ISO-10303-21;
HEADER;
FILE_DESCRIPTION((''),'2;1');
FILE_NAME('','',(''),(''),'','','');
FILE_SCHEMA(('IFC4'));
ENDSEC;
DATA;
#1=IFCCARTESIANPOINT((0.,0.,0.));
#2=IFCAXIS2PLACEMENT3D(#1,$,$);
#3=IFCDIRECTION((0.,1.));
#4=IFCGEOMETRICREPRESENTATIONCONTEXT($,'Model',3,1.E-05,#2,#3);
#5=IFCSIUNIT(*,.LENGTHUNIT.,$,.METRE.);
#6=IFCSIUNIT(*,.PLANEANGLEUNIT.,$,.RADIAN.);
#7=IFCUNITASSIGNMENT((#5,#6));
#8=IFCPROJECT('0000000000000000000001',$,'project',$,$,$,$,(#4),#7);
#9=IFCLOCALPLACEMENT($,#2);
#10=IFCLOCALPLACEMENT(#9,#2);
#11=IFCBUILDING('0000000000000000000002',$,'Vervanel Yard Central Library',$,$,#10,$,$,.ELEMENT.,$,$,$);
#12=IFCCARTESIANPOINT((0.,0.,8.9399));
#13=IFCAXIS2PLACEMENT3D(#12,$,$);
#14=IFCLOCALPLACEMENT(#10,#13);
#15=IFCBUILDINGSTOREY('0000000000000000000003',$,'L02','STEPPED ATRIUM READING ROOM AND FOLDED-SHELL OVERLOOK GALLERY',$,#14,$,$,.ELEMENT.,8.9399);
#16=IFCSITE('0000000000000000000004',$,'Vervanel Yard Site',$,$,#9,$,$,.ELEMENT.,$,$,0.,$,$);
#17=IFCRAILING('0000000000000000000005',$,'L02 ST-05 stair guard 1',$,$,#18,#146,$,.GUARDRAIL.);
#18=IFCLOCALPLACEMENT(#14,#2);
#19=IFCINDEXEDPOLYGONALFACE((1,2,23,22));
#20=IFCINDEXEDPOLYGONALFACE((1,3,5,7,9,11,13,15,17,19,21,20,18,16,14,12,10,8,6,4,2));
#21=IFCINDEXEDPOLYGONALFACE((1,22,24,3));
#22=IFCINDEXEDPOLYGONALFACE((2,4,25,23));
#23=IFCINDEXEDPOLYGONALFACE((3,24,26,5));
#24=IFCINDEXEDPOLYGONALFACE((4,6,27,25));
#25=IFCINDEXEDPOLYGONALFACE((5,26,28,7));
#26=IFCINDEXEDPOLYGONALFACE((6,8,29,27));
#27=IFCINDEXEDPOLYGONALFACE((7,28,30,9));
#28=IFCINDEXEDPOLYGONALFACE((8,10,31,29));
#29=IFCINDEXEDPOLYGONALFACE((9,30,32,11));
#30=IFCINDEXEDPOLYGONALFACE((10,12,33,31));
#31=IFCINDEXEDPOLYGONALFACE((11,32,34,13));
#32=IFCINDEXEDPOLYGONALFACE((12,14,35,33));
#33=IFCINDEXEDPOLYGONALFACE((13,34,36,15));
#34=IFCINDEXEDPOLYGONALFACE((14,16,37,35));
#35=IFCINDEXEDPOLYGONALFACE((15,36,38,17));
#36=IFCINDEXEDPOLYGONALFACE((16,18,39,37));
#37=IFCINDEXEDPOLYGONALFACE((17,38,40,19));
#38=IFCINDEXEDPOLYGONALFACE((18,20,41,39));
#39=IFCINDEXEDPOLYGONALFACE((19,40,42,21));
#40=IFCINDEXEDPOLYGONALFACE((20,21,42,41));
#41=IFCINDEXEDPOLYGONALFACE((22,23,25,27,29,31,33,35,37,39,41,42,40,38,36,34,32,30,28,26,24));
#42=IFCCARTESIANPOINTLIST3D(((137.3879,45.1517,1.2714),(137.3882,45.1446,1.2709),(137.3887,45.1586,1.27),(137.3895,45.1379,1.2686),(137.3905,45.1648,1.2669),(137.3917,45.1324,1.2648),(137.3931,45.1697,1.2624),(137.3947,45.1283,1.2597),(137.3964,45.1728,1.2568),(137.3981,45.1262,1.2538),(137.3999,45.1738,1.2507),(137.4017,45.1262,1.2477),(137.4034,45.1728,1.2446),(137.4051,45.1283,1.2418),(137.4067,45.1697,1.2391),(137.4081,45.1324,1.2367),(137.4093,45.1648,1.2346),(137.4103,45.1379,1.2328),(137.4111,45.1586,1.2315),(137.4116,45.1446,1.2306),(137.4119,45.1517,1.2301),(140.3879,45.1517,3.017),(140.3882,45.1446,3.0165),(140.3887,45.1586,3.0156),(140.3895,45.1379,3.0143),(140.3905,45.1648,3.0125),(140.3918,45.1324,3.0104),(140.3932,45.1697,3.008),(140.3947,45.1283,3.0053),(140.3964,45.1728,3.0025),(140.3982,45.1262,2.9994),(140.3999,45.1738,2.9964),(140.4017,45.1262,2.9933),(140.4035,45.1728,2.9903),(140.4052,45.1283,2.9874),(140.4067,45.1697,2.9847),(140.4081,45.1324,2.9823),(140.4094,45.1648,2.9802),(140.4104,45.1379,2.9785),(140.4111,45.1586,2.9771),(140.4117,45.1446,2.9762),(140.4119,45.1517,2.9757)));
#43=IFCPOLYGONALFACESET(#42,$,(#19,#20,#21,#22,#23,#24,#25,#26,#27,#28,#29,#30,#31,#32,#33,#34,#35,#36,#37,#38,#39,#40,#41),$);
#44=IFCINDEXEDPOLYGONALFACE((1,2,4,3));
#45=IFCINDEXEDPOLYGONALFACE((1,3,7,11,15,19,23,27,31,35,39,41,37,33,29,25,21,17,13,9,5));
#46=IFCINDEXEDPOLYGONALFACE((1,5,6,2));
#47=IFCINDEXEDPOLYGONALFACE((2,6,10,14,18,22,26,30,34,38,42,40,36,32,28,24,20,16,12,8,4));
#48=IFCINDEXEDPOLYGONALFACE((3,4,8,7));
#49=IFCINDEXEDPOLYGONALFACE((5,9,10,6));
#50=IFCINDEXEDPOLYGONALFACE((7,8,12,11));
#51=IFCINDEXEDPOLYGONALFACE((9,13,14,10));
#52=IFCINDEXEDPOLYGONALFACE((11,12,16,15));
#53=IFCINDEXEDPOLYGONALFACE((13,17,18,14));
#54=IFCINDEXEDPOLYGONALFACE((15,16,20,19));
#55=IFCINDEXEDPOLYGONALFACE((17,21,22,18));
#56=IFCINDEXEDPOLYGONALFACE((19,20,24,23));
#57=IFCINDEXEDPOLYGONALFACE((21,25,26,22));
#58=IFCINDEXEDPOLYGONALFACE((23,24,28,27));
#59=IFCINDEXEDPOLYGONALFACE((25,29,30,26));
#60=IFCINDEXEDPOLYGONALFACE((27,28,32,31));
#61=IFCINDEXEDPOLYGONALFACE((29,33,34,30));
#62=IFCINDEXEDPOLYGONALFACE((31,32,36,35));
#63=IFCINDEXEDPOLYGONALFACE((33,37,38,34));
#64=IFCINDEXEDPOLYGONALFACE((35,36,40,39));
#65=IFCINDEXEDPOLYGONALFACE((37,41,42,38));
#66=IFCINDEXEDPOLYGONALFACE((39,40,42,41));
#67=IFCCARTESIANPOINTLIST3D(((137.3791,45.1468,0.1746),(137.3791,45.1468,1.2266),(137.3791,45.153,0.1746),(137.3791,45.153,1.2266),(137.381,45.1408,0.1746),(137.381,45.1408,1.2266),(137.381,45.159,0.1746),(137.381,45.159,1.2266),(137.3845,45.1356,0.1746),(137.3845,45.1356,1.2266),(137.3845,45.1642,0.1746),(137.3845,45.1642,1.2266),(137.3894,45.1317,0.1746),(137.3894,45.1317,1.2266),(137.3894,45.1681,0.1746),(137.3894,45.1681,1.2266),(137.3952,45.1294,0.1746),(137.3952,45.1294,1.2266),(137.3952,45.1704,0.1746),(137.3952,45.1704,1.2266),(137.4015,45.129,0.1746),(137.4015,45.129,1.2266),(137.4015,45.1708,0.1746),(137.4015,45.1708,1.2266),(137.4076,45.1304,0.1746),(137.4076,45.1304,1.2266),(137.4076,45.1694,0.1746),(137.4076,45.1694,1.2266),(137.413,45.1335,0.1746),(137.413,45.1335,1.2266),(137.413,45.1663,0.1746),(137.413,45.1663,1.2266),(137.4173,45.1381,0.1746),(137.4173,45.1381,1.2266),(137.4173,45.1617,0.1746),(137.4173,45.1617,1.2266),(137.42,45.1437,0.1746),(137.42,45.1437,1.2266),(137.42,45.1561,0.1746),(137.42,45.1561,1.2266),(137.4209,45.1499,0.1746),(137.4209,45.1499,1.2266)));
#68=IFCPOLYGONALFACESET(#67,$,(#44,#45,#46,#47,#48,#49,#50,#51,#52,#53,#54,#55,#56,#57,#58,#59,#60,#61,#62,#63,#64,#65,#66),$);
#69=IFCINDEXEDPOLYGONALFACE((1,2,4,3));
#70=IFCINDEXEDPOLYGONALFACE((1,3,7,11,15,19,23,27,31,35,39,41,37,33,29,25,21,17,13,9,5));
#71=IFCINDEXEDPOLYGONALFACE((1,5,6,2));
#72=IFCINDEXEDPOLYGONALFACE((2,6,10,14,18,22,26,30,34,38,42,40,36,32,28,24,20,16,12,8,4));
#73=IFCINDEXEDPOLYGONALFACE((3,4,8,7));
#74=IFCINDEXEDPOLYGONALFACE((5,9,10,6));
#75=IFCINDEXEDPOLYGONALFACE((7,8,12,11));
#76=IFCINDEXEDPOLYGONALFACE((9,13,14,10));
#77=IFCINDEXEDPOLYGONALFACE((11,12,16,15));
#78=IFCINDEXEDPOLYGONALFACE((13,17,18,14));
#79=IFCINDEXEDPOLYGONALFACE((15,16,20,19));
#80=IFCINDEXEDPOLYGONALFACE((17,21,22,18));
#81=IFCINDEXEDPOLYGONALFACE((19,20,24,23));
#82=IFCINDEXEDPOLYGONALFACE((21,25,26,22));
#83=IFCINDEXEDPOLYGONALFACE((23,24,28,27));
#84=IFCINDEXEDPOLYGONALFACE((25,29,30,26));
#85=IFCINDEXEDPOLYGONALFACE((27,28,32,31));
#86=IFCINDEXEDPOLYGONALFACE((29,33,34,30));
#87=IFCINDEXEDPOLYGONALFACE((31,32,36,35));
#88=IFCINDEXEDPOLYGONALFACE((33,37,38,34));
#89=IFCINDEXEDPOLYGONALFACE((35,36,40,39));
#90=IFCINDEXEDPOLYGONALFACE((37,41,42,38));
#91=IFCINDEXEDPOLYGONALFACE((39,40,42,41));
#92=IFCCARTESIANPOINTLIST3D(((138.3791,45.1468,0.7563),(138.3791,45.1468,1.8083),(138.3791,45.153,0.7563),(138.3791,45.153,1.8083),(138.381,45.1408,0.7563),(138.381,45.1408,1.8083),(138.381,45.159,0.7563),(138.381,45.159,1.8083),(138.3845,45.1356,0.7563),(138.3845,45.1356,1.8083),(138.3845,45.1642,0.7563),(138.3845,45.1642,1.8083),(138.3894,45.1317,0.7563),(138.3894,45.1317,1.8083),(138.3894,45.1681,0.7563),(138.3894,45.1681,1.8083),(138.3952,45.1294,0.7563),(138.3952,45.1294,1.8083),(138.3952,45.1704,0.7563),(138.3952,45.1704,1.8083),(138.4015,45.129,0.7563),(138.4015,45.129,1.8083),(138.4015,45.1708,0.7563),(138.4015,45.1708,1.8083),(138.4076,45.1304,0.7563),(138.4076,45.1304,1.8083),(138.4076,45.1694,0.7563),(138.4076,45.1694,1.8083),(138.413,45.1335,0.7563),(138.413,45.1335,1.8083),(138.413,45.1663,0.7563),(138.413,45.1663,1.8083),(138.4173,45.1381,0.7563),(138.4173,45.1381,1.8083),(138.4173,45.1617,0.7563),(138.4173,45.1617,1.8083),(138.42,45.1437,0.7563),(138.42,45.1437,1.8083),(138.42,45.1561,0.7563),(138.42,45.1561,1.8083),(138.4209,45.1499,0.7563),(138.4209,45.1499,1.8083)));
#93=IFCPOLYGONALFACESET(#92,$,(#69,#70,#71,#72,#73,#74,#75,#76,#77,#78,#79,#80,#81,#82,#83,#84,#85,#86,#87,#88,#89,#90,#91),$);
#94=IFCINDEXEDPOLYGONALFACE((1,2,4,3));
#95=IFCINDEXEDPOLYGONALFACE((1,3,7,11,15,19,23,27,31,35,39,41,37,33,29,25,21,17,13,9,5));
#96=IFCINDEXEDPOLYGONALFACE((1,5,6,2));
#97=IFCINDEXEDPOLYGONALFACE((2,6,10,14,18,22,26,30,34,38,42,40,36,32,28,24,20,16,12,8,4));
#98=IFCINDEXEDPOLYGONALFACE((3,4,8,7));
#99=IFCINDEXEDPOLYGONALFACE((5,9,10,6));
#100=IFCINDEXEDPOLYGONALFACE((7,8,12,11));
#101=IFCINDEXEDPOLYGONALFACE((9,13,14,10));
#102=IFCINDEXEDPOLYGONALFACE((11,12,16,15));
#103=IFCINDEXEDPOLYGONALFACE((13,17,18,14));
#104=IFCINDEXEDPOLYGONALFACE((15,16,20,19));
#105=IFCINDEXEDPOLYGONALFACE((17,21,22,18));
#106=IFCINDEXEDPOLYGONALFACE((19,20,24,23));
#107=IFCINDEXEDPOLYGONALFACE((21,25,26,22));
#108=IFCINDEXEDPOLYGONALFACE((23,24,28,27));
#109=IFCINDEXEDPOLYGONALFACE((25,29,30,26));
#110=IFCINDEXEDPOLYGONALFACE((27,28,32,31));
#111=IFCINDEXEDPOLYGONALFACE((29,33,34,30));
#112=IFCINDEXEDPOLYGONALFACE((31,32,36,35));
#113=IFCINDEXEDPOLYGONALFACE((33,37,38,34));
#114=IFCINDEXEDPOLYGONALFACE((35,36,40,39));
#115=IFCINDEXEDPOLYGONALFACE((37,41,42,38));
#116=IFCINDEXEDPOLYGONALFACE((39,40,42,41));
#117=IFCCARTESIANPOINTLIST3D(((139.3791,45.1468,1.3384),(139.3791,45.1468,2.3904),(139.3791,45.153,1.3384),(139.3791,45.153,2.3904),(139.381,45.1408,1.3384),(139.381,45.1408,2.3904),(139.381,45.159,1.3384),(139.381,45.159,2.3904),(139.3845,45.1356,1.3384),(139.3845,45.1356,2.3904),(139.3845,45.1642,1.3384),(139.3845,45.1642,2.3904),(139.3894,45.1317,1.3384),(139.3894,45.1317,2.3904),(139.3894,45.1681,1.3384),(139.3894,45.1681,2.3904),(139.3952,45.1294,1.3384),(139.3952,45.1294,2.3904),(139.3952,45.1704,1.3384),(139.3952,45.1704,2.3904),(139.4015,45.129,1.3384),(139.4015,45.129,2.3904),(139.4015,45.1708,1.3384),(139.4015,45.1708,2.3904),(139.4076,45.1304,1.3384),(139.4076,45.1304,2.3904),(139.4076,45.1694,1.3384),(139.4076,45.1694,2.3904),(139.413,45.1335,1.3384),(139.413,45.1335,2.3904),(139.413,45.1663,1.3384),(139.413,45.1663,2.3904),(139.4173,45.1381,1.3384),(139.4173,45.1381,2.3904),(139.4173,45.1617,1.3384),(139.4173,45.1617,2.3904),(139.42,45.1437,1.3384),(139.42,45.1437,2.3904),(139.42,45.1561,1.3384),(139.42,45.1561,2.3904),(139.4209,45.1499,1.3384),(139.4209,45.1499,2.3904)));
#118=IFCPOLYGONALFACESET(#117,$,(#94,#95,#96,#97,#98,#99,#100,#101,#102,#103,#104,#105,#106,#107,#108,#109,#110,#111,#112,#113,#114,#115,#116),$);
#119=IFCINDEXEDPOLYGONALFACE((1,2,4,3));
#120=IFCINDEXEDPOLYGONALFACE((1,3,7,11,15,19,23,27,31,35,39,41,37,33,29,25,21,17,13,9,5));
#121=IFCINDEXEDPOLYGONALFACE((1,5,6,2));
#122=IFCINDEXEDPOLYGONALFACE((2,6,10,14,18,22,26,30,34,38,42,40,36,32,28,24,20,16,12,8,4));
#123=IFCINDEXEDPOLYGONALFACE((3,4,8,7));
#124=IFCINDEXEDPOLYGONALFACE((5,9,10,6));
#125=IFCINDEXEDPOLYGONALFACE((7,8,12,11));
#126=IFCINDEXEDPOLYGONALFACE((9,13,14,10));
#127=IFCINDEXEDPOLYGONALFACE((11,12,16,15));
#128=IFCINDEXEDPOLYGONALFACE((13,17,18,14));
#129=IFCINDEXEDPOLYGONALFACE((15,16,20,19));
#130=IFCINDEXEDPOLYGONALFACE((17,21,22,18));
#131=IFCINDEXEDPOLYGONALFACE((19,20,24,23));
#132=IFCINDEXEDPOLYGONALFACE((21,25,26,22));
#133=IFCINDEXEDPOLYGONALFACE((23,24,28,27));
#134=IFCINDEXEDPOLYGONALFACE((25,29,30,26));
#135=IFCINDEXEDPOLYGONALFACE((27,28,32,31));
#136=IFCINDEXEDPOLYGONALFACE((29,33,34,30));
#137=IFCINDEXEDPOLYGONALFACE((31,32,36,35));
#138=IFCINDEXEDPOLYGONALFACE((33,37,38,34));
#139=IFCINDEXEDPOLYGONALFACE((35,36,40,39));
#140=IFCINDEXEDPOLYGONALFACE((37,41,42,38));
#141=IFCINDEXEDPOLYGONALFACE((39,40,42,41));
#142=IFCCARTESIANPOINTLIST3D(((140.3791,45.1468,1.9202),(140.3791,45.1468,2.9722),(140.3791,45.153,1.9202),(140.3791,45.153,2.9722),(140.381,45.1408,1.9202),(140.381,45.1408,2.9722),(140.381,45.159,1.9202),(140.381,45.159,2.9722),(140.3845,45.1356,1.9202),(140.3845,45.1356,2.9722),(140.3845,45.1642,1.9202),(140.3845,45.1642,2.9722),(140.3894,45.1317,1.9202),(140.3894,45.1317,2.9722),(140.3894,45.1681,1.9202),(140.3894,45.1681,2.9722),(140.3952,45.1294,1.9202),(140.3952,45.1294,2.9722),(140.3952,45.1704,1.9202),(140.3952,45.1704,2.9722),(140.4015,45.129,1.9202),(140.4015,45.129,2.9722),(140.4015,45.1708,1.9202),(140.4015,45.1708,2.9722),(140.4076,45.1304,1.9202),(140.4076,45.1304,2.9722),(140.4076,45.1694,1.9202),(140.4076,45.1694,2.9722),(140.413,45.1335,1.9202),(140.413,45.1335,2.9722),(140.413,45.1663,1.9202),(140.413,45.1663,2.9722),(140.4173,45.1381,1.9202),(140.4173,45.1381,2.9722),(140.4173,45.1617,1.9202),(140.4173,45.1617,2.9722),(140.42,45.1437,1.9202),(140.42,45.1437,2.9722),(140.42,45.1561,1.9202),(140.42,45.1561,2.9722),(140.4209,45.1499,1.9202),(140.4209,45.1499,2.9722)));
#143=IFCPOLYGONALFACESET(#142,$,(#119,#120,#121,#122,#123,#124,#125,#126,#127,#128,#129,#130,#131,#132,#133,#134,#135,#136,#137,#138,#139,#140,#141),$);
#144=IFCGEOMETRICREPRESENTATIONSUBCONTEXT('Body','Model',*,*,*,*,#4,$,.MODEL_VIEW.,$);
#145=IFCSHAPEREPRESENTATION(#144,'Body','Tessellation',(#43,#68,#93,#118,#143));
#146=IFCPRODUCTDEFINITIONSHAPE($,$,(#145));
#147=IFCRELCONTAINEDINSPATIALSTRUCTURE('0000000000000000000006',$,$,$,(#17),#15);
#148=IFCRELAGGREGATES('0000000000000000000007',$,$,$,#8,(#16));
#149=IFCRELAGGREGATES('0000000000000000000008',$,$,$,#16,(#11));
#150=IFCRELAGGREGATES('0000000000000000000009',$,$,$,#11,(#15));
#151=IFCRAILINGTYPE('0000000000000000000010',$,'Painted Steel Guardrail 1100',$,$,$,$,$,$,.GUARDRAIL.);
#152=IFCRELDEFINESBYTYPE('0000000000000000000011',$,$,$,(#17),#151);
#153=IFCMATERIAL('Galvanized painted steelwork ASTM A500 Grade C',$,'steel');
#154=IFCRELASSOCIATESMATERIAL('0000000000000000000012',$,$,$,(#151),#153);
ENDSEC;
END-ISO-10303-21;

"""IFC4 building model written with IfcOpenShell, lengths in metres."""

from ifc_helpers import new_model, si_unit, direction, frame, origin, origin_2d, place, context, subcontext, project, spatial, circle, extrude, material, type_object, element, save


model = new_model("IFC4")

# Units and contexts
model_context = context("Model", 3, precision=1e-05, world=origin(), true_north=direction((0.0, 1.0)))
body_context = subcontext(model_context, "Body", "Model", "MODEL_VIEW")
ifc_project = project(units=[si_unit("LENGTHUNIT", "METRE"), si_unit("PLANEANGLEUNIT", "RADIAN")], contexts=[model_context])

# Site, building, storey
site_placement = place(None, origin())
site = spatial("IfcSite", under=ifc_project, at=site_placement, Name="Vervanel Yard Site", CompositionType="ELEMENT", RefElevation=0.0)
building_placement = place(site_placement, origin())
building = spatial("IfcBuilding", under=site, at=building_placement, Name="Vervanel Yard Central Library", CompositionType="ELEMENT")
storey_placement = place(building_placement, frame((0.0, 0.0, 8.9399)))
storey = spatial("IfcBuildingStorey", under=building, at=storey_placement, Name="L02", Description="STEPPED ATRIUM READING ROOM AND FOLDED-SHELL OVERLOOK GALLERY", CompositionType="ELEMENT", Elevation=8.9399)

# Railing
ifc_material_1 = material(Name="Galvanized painted steelwork ASTM A500 Grade C", Category="steel")
railing_type_1 = type_object("IfcRailingType", Name="Painted Steel Guardrail 1100", PredefinedType="GUARDRAIL", material=ifc_material_1)
railing_1_placement = place(storey_placement, frame((137.3999, 45.1499, 0.1746)))
element("IfcRailing", 1, at=railing_1_placement, inside=storey, type_object=railing_type_1, Name="L02 ST-05 stair guard 1", PredefinedType="GUARDRAIL", context=body_context, shape_type="SweptSolid", body=[
    extrude(circle(Radius=0.0239, at=origin_2d()), frame((0.0, 0.0, 1.0762), z_axis=(0.864329, 0.0, 0.502926), x_axis=(0.0, 1.0, 0.0)), (0.0, 0.0, 1.0), 3.4709),
    extrude(circle(Radius=0.021, at=origin_2d()), origin(), (0.0, 0.0, 1.0), 1.052),
    extrude(circle(Radius=0.021, at=origin_2d()), frame((1.0, 0.0, 0.5818)), (0.0, 0.0, 1.0), 1.052),
    extrude(circle(Radius=0.021, at=origin_2d()), frame((2.0, 0.0, 1.1638)), (0.0, 0.0, 1.0), 1.052),
    extrude(circle(Radius=0.021, at=origin_2d()), frame((3.0, 0.0, 1.7456)), (0.0, 0.0, 1.0), 1.052),
])

save(model, "model.ifc")
